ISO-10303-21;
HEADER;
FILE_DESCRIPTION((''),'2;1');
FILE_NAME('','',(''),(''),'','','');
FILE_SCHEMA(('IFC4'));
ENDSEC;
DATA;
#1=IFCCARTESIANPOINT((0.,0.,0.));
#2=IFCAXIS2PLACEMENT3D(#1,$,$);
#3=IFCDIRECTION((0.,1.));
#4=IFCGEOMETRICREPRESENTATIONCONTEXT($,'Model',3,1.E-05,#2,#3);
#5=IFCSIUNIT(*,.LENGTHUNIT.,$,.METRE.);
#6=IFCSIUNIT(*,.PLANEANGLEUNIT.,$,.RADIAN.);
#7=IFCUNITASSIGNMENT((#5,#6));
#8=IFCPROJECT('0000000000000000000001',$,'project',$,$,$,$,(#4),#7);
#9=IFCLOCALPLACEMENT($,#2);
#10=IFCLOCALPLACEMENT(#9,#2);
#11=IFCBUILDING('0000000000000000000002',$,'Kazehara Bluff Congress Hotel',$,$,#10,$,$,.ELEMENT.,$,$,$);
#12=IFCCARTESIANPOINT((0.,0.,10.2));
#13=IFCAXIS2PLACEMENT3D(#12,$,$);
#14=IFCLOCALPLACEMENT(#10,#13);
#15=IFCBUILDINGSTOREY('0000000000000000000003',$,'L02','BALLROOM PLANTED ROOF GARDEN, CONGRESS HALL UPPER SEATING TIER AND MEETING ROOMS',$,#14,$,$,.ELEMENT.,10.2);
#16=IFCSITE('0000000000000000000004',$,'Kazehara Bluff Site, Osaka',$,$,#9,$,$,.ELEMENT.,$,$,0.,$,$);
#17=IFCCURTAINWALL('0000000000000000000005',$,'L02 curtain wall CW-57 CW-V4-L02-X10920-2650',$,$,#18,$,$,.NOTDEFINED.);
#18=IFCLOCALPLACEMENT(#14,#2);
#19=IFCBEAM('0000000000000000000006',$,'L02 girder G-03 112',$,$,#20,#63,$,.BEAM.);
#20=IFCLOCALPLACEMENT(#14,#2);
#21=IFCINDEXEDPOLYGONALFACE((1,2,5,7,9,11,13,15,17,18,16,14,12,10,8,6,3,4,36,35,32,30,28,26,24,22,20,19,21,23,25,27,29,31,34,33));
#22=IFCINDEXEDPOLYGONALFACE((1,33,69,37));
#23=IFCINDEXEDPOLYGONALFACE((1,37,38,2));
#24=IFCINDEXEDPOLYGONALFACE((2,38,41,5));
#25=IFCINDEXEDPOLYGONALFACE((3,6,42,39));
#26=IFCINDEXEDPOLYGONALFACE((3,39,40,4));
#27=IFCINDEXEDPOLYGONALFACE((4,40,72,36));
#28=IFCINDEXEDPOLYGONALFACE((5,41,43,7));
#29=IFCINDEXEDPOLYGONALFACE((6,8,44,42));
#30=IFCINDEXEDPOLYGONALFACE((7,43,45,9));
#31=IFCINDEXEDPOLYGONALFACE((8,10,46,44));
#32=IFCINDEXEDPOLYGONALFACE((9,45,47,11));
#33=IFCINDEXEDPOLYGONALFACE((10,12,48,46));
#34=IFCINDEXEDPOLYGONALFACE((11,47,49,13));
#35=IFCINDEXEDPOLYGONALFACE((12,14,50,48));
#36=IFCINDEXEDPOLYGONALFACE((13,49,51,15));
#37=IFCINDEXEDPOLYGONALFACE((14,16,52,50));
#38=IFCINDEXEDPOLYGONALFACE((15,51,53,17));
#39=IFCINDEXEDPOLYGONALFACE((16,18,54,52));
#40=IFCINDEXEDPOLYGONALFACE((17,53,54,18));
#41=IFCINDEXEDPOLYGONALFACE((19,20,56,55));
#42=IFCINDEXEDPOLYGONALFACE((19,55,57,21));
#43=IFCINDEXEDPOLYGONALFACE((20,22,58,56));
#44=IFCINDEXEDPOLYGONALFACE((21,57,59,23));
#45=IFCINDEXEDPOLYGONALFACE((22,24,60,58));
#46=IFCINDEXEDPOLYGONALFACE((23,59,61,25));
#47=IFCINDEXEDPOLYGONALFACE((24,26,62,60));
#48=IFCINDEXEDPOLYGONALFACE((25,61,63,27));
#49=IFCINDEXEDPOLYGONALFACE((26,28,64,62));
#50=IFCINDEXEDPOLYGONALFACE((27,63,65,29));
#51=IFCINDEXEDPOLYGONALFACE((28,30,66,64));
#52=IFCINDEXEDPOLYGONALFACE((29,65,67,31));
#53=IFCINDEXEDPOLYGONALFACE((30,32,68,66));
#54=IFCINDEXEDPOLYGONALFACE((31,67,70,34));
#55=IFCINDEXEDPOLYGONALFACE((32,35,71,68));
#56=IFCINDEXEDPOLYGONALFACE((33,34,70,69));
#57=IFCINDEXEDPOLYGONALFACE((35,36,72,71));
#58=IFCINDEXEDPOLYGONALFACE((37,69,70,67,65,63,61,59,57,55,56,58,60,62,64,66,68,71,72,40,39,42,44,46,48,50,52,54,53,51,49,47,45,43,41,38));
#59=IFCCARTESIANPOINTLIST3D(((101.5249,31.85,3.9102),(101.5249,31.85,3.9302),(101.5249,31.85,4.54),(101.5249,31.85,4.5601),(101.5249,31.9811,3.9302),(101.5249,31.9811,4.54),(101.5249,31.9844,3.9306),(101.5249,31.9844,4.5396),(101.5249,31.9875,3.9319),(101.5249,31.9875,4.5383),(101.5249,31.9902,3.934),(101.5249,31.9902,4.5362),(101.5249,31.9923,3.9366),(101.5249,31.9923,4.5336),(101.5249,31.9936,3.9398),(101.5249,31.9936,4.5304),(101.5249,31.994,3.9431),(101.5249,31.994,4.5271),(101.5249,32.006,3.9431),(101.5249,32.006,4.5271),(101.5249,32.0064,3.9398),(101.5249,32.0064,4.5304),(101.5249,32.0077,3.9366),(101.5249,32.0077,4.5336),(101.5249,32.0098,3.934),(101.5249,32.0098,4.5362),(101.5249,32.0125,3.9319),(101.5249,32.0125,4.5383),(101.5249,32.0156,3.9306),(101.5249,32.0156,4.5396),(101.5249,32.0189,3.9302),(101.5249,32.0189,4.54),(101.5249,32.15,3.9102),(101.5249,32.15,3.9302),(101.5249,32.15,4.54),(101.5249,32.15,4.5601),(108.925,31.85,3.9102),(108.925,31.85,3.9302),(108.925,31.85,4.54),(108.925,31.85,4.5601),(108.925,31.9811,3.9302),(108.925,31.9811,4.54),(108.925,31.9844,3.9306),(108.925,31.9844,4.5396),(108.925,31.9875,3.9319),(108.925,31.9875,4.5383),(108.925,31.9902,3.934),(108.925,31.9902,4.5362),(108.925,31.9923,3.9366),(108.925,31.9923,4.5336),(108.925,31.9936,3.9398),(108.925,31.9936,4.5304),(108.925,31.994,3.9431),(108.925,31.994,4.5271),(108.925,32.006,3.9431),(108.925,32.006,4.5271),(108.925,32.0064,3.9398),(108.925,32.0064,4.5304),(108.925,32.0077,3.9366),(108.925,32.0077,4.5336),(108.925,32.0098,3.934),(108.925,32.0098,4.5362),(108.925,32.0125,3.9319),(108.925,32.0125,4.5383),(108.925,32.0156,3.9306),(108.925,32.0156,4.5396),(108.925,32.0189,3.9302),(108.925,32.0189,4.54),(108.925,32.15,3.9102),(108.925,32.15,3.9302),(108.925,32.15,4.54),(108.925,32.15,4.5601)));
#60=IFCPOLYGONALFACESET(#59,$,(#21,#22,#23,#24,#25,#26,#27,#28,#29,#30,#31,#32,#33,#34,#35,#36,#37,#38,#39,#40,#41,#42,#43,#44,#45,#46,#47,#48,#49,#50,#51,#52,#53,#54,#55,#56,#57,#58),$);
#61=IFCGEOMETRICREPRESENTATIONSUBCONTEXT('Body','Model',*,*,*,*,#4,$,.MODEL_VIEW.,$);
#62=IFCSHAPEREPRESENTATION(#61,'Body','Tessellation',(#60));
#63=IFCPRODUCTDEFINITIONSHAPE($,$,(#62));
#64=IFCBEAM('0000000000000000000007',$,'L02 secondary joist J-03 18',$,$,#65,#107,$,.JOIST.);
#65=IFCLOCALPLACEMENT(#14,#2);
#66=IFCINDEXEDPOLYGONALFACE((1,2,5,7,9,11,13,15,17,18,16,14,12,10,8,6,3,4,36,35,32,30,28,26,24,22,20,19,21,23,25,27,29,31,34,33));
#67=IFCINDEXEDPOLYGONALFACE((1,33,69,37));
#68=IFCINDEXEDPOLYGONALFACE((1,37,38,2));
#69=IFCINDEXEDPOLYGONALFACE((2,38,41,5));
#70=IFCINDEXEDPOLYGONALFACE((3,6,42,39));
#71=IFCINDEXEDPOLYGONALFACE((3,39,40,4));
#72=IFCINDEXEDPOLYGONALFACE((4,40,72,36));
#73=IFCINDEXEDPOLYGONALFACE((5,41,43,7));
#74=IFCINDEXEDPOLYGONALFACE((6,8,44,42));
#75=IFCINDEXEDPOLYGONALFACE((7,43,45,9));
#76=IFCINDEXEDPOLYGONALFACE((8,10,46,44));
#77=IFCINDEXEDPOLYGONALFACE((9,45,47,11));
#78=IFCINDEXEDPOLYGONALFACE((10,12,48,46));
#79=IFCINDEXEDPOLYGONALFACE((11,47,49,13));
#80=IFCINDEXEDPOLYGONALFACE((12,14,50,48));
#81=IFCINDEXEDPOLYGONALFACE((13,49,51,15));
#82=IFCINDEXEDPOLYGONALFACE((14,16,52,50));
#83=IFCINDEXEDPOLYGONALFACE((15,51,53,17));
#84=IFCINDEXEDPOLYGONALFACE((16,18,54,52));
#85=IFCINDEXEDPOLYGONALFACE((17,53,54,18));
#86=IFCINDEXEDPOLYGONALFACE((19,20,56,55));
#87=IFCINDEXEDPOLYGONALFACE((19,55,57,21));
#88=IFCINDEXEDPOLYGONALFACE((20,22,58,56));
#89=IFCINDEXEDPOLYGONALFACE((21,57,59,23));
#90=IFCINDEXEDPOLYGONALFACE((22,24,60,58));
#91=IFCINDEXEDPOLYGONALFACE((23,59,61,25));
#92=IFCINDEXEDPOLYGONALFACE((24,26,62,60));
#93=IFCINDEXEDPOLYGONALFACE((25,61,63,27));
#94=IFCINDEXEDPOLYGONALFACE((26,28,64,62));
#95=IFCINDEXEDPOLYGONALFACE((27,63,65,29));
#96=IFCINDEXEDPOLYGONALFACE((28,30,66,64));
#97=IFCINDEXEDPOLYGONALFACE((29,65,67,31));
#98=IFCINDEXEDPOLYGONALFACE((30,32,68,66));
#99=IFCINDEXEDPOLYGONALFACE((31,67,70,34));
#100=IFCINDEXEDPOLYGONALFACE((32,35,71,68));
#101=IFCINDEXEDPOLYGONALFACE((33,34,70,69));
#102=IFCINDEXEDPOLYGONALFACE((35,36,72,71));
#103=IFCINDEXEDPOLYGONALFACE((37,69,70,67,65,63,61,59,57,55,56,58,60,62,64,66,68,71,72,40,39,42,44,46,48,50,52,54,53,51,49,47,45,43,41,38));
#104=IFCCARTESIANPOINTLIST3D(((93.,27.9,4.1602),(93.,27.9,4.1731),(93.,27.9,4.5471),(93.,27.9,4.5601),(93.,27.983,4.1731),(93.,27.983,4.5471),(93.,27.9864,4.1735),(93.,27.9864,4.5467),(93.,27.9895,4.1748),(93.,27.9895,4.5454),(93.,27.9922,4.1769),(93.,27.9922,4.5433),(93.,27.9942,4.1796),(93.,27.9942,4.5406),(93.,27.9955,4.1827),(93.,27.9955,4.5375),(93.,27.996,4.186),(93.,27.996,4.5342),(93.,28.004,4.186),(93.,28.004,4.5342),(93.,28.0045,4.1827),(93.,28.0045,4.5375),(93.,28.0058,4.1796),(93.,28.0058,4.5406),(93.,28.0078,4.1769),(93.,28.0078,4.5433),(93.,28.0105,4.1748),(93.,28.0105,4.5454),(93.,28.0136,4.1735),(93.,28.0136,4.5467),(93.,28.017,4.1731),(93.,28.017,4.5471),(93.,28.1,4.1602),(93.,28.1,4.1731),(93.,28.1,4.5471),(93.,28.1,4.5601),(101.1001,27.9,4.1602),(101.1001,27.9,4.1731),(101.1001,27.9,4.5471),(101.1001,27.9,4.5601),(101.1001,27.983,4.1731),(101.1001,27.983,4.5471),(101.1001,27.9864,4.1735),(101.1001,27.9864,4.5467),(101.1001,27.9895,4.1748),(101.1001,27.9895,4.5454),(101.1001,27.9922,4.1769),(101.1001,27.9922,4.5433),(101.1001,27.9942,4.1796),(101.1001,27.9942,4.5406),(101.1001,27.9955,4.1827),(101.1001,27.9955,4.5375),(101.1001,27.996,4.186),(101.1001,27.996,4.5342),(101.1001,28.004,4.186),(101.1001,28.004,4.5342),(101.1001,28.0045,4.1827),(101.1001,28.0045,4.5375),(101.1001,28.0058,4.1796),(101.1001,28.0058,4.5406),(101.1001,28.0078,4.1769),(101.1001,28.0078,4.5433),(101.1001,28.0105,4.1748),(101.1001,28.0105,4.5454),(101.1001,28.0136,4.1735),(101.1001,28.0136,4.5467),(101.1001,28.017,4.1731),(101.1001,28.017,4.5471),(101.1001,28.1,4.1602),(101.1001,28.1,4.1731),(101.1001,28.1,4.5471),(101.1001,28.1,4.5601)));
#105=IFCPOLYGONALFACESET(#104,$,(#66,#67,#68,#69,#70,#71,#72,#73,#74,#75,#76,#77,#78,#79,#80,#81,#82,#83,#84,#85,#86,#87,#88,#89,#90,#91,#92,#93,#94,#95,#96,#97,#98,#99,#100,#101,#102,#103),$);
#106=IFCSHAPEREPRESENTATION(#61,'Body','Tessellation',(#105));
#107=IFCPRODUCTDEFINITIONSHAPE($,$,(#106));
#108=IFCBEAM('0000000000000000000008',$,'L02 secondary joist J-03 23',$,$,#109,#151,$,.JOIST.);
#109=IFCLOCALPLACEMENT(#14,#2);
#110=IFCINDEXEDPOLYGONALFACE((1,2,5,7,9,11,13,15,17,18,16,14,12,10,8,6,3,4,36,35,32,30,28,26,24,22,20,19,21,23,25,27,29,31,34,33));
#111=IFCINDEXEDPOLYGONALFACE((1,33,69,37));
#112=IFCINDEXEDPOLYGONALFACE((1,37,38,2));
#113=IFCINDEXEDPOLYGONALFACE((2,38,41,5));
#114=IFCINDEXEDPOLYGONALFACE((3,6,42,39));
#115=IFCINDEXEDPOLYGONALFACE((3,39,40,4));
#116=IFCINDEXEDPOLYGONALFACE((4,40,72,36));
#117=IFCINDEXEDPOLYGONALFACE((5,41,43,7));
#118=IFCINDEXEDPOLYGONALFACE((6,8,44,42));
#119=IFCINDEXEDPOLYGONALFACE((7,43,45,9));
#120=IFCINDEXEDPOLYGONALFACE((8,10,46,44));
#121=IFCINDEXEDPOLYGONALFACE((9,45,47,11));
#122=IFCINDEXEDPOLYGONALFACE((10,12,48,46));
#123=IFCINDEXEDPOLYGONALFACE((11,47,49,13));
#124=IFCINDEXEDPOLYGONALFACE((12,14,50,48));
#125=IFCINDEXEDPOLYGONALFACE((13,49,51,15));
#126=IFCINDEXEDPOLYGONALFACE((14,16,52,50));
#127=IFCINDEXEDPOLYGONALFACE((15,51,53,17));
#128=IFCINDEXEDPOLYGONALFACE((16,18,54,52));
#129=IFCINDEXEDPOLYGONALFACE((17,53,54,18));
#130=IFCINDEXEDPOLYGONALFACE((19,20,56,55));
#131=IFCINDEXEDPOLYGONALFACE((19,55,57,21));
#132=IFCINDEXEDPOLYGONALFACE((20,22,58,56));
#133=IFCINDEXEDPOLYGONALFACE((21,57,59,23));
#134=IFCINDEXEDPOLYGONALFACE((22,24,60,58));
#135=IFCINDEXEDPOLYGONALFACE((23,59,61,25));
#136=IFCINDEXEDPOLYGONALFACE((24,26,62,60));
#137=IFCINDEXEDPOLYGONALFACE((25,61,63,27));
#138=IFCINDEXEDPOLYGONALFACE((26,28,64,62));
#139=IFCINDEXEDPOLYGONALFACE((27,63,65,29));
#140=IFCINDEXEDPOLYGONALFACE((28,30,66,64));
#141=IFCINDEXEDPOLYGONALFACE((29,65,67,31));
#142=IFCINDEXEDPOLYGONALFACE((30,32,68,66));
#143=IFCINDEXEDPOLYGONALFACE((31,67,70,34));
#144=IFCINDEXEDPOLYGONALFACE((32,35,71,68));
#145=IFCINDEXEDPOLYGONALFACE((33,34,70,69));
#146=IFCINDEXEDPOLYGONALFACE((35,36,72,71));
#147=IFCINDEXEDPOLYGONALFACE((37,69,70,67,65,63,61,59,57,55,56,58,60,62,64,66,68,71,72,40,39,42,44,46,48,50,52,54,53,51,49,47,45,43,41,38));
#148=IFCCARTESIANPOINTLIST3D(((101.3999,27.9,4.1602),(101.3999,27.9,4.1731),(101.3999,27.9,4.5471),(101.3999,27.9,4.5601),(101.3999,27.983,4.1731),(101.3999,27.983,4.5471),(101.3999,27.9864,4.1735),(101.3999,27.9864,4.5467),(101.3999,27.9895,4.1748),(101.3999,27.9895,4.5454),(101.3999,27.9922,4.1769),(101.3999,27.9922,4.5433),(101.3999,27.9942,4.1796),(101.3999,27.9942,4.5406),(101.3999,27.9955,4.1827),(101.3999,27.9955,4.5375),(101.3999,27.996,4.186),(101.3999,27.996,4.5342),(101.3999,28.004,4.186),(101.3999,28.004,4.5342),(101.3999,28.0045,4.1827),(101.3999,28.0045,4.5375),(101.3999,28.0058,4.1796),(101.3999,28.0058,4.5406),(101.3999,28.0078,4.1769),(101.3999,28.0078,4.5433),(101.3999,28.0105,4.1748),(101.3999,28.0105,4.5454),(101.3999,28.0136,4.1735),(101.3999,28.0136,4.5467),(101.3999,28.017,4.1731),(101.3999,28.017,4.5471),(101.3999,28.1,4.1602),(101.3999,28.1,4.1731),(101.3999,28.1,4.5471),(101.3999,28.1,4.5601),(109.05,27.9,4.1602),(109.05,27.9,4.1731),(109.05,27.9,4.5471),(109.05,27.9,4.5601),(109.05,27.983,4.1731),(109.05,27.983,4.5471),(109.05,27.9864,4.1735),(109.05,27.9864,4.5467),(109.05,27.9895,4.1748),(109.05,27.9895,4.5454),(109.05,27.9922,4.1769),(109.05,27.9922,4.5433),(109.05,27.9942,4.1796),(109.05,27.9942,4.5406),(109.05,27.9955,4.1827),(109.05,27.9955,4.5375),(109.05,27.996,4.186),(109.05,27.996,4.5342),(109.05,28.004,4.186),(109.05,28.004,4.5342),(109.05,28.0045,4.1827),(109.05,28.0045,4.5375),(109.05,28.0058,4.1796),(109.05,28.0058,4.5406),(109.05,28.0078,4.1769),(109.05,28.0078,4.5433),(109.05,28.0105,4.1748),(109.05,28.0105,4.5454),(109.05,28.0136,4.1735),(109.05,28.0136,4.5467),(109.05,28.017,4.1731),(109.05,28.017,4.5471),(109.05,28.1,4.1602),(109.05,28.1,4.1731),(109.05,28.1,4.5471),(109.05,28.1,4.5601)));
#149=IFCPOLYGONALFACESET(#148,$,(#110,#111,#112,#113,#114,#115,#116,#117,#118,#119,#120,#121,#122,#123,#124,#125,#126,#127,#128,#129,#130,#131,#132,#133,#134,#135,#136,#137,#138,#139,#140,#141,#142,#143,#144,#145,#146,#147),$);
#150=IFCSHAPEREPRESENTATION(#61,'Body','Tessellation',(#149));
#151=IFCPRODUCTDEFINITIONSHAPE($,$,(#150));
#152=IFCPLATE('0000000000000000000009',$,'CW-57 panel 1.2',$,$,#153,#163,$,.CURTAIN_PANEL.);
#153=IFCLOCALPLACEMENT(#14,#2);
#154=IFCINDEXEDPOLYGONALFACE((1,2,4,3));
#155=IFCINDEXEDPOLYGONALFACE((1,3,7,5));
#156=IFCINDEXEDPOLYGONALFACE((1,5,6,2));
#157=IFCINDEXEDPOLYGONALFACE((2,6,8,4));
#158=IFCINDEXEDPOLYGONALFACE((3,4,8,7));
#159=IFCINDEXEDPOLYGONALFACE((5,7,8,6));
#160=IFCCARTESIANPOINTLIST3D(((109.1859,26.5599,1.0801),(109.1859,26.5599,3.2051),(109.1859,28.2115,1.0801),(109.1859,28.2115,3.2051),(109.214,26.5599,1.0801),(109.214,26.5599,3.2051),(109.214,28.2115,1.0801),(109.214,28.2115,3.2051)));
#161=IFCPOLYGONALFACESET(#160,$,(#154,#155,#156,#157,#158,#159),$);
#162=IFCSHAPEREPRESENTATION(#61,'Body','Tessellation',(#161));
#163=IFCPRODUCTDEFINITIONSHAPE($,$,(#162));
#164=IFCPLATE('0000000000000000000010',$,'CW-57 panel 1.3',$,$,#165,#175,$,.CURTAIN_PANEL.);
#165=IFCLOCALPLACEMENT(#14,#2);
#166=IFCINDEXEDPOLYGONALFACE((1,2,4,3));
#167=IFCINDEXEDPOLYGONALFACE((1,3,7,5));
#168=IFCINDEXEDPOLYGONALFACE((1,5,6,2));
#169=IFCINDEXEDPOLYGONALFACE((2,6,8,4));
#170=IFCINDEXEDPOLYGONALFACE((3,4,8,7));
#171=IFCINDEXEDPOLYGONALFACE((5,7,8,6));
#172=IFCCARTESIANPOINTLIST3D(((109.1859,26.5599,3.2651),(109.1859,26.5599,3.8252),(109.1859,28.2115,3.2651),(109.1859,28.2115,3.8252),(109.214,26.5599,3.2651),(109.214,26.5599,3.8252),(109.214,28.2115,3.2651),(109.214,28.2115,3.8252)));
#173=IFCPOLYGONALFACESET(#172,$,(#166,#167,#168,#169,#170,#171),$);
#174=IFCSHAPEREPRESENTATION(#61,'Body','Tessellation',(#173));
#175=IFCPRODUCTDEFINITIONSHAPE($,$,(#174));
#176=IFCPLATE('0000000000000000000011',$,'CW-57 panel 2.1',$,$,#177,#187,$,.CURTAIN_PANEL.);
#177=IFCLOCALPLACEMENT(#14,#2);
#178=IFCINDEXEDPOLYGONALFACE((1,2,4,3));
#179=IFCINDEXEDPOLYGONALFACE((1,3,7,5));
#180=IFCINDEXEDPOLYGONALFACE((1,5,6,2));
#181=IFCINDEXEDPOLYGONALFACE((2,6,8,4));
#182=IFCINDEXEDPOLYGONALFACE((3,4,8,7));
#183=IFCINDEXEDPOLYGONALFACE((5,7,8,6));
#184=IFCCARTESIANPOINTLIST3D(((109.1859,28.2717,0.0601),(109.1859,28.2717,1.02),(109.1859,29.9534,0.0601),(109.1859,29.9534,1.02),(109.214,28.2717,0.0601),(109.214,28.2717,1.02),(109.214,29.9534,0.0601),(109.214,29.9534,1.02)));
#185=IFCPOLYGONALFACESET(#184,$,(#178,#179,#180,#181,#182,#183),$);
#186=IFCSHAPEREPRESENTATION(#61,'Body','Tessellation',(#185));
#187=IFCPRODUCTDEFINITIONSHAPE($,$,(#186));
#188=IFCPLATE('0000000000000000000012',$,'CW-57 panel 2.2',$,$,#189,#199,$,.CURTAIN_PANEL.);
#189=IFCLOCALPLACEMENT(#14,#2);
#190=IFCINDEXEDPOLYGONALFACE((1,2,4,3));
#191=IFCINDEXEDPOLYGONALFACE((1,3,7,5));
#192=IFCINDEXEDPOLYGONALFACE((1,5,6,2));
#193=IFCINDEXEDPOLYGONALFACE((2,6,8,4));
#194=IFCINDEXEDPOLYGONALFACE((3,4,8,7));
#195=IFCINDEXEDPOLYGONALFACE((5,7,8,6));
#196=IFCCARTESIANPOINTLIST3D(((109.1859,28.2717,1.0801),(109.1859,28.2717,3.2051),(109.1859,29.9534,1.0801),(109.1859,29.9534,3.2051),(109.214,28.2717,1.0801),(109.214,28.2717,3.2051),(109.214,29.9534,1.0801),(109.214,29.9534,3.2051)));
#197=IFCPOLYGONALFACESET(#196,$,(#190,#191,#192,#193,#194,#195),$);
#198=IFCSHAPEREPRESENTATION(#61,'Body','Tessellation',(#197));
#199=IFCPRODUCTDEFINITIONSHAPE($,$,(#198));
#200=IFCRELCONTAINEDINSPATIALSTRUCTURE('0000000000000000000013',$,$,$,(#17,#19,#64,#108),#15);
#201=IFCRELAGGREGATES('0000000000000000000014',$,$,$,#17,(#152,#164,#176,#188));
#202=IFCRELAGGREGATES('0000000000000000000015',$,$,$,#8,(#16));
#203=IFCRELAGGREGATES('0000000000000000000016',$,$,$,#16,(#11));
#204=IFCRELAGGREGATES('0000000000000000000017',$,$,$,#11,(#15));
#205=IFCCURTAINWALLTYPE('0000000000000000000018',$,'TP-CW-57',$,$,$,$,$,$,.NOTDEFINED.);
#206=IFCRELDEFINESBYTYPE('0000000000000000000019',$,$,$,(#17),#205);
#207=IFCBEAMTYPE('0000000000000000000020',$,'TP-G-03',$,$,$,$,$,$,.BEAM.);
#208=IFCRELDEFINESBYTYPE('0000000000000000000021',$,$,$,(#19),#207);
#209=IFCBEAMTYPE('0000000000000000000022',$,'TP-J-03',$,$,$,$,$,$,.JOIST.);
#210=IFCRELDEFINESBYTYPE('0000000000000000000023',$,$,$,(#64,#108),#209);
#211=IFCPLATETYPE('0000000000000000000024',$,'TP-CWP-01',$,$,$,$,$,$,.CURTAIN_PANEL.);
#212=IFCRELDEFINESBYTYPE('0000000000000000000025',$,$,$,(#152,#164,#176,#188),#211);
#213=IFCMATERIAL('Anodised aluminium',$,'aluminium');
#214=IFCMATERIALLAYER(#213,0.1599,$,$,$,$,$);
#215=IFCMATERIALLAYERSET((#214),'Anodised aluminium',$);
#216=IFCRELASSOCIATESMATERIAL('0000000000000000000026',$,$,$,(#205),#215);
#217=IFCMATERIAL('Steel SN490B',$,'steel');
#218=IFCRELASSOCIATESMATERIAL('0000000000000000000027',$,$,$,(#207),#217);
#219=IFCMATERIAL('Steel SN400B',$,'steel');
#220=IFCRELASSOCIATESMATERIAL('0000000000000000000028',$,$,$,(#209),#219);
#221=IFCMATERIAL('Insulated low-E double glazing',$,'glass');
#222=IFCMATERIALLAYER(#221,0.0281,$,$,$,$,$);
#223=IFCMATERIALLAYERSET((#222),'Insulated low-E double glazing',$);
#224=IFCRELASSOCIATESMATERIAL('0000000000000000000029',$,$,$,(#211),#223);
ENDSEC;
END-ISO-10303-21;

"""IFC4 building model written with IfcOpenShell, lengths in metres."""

from ifc_helpers import new_model, si_unit, direction, frame, origin, origin_2d, place, context, subcontext, project, spatial, rectangle, i_section, extrude, material, layer, layer_set, material_profile, profile_set, type_object, element, aggregate, save


model = new_model("IFC4")

# Units and contexts
model_context = context("Model", 3, precision=1e-05, world=origin(), true_north=direction((0.0, 1.0)))
body_context = subcontext(model_context, "Body", "Model", "MODEL_VIEW")
ifc_project = project(units=[si_unit("LENGTHUNIT", "METRE"), si_unit("PLANEANGLEUNIT", "RADIAN")], contexts=[model_context])

# Site, building, storey
site_placement = place(None, origin())
site = spatial("IfcSite", under=ifc_project, at=site_placement, Name="Kazehara Bluff Site, Osaka", CompositionType="ELEMENT", RefElevation=0.0)
building_placement = place(site_placement, origin())
building = spatial("IfcBuilding", under=site, at=building_placement, Name="Kazehara Bluff Congress Hotel", CompositionType="ELEMENT")
storey_placement = place(building_placement, frame((0.0, 0.0, 10.2)))
storey = spatial("IfcBuildingStorey", under=building, at=storey_placement, Name="L02", Description="BALLROOM PLANTED ROOF GARDEN, CONGRESS HALL UPPER SEATING TIER AND MEETING ROOMS", CompositionType="ELEMENT", Elevation=10.2)

# Curtain wall
ifc_material_1 = material(Name="Anodised aluminium", Category="aluminium")
ifc_layer_1 = layer(ifc_material_1, 0.1599)
ifc_layer_set_1 = layer_set([ifc_layer_1], Name="Anodised aluminium")
curtain_wall_type = type_object("IfcCurtainWallType", Name="TP-CW-57", PredefinedType="NOTDEFINED", material=ifc_layer_set_1)
curtain_wall_placement = place(storey_placement, origin())
curtain_wall = element("IfcCurtainWall", 1, at=curtain_wall_placement, inside=storey, type_object=curtain_wall_type, Name="L02 curtain wall CW-57 CW-V4-L02-X10920-2650", PredefinedType="NOTDEFINED")

# Beams
ifc_material_2 = material(Name="Steel SN490B", Category="steel")
ifc_material_profile_1 = material_profile(ifc_material_2, i_section(OverallWidth=0.3, OverallDepth=0.6499, WebThickness=0.012, FlangeThickness=0.02, FilletRadius=0.0129, at=origin_2d()))
ifc_profile_set_1 = profile_set([ifc_material_profile_1], Name="Steel SN490B")
beam_type_1 = type_object("IfcBeamType", Name="TP-G-03", PredefinedType="BEAM", material=ifc_profile_set_1)
beam_1_placement = place(storey_placement, frame((101.5249, 32.0, 4.2351), z_axis=(1.0, 0.0, 0.0), x_axis=(0.0, 1.0, 0.0)))
element("IfcBeam", 2, at=beam_1_placement, inside=storey, type_object=beam_type_1, Name="L02 girder G-03 112", PredefinedType="BEAM", context=body_context, shape_type="SweptSolid", body=[
    extrude(i_section(OverallWidth=0.3, OverallDepth=0.6499, WebThickness=0.012, FlangeThickness=0.02, FilletRadius=0.0129, at=origin_2d()), origin(), (0.0, 0.0, 1.0), 7.4001),
])
ifc_material_3 = material(Name="Steel SN400B", Category="steel")
ifc_material_profile_2 = material_profile(ifc_material_3, i_section(OverallWidth=0.2, OverallDepth=0.3999, WebThickness=0.0081, FlangeThickness=0.0129, FilletRadius=0.0129, at=origin_2d()))
ifc_profile_set_2 = profile_set([ifc_material_profile_2], Name="Steel SN400B")
beam_type_2 = type_object("IfcBeamType", Name="TP-J-03", PredefinedType="JOIST", material=ifc_profile_set_2)
beam_2_placement = place(storey_placement, frame((93.0, 28.0, 4.3601), z_axis=(1.0, 0.0, 0.0), x_axis=(0.0, 1.0, 0.0)))
element("IfcBeam", 3, at=beam_2_placement, inside=storey, type_object=beam_type_2, Name="L02 secondary joist J-03 18", PredefinedType="JOIST", context=body_context, shape_type="SweptSolid", body=[
    extrude(i_section(OverallWidth=0.2, OverallDepth=0.3999, WebThickness=0.0081, FlangeThickness=0.0129, FilletRadius=0.0129, at=origin_2d()), origin(), (0.0, 0.0, 1.0), 8.1001),
])
beam_3_placement = place(storey_placement, frame((101.3999, 28.0, 4.3601), z_axis=(1.0, 0.0, 0.0), x_axis=(0.0, 1.0, 0.0)))
element("IfcBeam", 4, at=beam_3_placement, inside=storey, type_object=beam_type_2, Name="L02 secondary joist J-03 23", PredefinedType="JOIST", context=body_context, shape_type="SweptSolid", body=[
    extrude(i_section(OverallWidth=0.2, OverallDepth=0.3999, WebThickness=0.0081, FlangeThickness=0.0129, FilletRadius=0.0129, at=origin_2d()), origin(), (0.0, 0.0, 1.0), 7.6501),
])

# Plates
ifc_material_4 = material(Name="Insulated low-E double glazing", Category="glass")
ifc_layer_2 = layer(ifc_material_4, 0.0281)
ifc_layer_set_2 = layer_set([ifc_layer_2], Name="Insulated low-E double glazing")
plate_type = type_object("IfcPlateType", Name="TP-CWP-01", PredefinedType="CURTAIN_PANEL", material=ifc_layer_set_2)
plate_1_placement = place(storey_placement, frame((109.2, 27.3857, 1.0801), z_axis=(0.0, 0.0, 1.0), x_axis=(0.0, 1.0, 0.0)))
plate_1 = element("IfcPlate", 5, at=plate_1_placement, type_object=plate_type, Name="CW-57 panel 1.2", PredefinedType="CURTAIN_PANEL", context=body_context, shape_type="SweptSolid", body=[
    extrude(rectangle(XDim=1.6516, YDim=0.0281, at=origin_2d()), origin(), (0.0, 0.0, 1.0), 2.125),
])
plate_2_placement = place(storey_placement, frame((109.2, 27.3857, 3.2651), z_axis=(0.0, 0.0, 1.0), x_axis=(0.0, 1.0, 0.0)))
plate_2 = element("IfcPlate", 6, at=plate_2_placement, type_object=plate_type, Name="CW-57 panel 1.3", PredefinedType="CURTAIN_PANEL", context=body_context, shape_type="SweptSolid", body=[
    extrude(rectangle(XDim=1.6516, YDim=0.0281, at=origin_2d()), origin(), (0.0, 0.0, 1.0), 0.5601),
])
plate_3_placement = place(storey_placement, frame((109.2, 29.1125, 0.0601), z_axis=(0.0, 0.0, 1.0), x_axis=(0.0, 1.0, 0.0)))
plate_3 = element("IfcPlate", 7, at=plate_3_placement, type_object=plate_type, Name="CW-57 panel 2.1", PredefinedType="CURTAIN_PANEL", context=body_context, shape_type="SweptSolid", body=[
    extrude(rectangle(XDim=1.6816, YDim=0.0281, at=origin_2d()), origin(), (0.0, 0.0, 1.0), 0.96),
])
plate_4_placement = place(storey_placement, frame((109.2, 29.1125, 1.0801), z_axis=(0.0, 0.0, 1.0), x_axis=(0.0, 1.0, 0.0)))
plate_4 = element("IfcPlate", 8, at=plate_4_placement, type_object=plate_type, Name="CW-57 panel 2.2", PredefinedType="CURTAIN_PANEL", context=body_context, shape_type="SweptSolid", body=[
    extrude(rectangle(XDim=1.6816, YDim=0.0281, at=origin_2d()), origin(), (0.0, 0.0, 1.0), 2.125),
])
aggregate(curtain_wall, [plate_1, plate_2, plate_3, plate_4])

save(model, "model.ifc")
